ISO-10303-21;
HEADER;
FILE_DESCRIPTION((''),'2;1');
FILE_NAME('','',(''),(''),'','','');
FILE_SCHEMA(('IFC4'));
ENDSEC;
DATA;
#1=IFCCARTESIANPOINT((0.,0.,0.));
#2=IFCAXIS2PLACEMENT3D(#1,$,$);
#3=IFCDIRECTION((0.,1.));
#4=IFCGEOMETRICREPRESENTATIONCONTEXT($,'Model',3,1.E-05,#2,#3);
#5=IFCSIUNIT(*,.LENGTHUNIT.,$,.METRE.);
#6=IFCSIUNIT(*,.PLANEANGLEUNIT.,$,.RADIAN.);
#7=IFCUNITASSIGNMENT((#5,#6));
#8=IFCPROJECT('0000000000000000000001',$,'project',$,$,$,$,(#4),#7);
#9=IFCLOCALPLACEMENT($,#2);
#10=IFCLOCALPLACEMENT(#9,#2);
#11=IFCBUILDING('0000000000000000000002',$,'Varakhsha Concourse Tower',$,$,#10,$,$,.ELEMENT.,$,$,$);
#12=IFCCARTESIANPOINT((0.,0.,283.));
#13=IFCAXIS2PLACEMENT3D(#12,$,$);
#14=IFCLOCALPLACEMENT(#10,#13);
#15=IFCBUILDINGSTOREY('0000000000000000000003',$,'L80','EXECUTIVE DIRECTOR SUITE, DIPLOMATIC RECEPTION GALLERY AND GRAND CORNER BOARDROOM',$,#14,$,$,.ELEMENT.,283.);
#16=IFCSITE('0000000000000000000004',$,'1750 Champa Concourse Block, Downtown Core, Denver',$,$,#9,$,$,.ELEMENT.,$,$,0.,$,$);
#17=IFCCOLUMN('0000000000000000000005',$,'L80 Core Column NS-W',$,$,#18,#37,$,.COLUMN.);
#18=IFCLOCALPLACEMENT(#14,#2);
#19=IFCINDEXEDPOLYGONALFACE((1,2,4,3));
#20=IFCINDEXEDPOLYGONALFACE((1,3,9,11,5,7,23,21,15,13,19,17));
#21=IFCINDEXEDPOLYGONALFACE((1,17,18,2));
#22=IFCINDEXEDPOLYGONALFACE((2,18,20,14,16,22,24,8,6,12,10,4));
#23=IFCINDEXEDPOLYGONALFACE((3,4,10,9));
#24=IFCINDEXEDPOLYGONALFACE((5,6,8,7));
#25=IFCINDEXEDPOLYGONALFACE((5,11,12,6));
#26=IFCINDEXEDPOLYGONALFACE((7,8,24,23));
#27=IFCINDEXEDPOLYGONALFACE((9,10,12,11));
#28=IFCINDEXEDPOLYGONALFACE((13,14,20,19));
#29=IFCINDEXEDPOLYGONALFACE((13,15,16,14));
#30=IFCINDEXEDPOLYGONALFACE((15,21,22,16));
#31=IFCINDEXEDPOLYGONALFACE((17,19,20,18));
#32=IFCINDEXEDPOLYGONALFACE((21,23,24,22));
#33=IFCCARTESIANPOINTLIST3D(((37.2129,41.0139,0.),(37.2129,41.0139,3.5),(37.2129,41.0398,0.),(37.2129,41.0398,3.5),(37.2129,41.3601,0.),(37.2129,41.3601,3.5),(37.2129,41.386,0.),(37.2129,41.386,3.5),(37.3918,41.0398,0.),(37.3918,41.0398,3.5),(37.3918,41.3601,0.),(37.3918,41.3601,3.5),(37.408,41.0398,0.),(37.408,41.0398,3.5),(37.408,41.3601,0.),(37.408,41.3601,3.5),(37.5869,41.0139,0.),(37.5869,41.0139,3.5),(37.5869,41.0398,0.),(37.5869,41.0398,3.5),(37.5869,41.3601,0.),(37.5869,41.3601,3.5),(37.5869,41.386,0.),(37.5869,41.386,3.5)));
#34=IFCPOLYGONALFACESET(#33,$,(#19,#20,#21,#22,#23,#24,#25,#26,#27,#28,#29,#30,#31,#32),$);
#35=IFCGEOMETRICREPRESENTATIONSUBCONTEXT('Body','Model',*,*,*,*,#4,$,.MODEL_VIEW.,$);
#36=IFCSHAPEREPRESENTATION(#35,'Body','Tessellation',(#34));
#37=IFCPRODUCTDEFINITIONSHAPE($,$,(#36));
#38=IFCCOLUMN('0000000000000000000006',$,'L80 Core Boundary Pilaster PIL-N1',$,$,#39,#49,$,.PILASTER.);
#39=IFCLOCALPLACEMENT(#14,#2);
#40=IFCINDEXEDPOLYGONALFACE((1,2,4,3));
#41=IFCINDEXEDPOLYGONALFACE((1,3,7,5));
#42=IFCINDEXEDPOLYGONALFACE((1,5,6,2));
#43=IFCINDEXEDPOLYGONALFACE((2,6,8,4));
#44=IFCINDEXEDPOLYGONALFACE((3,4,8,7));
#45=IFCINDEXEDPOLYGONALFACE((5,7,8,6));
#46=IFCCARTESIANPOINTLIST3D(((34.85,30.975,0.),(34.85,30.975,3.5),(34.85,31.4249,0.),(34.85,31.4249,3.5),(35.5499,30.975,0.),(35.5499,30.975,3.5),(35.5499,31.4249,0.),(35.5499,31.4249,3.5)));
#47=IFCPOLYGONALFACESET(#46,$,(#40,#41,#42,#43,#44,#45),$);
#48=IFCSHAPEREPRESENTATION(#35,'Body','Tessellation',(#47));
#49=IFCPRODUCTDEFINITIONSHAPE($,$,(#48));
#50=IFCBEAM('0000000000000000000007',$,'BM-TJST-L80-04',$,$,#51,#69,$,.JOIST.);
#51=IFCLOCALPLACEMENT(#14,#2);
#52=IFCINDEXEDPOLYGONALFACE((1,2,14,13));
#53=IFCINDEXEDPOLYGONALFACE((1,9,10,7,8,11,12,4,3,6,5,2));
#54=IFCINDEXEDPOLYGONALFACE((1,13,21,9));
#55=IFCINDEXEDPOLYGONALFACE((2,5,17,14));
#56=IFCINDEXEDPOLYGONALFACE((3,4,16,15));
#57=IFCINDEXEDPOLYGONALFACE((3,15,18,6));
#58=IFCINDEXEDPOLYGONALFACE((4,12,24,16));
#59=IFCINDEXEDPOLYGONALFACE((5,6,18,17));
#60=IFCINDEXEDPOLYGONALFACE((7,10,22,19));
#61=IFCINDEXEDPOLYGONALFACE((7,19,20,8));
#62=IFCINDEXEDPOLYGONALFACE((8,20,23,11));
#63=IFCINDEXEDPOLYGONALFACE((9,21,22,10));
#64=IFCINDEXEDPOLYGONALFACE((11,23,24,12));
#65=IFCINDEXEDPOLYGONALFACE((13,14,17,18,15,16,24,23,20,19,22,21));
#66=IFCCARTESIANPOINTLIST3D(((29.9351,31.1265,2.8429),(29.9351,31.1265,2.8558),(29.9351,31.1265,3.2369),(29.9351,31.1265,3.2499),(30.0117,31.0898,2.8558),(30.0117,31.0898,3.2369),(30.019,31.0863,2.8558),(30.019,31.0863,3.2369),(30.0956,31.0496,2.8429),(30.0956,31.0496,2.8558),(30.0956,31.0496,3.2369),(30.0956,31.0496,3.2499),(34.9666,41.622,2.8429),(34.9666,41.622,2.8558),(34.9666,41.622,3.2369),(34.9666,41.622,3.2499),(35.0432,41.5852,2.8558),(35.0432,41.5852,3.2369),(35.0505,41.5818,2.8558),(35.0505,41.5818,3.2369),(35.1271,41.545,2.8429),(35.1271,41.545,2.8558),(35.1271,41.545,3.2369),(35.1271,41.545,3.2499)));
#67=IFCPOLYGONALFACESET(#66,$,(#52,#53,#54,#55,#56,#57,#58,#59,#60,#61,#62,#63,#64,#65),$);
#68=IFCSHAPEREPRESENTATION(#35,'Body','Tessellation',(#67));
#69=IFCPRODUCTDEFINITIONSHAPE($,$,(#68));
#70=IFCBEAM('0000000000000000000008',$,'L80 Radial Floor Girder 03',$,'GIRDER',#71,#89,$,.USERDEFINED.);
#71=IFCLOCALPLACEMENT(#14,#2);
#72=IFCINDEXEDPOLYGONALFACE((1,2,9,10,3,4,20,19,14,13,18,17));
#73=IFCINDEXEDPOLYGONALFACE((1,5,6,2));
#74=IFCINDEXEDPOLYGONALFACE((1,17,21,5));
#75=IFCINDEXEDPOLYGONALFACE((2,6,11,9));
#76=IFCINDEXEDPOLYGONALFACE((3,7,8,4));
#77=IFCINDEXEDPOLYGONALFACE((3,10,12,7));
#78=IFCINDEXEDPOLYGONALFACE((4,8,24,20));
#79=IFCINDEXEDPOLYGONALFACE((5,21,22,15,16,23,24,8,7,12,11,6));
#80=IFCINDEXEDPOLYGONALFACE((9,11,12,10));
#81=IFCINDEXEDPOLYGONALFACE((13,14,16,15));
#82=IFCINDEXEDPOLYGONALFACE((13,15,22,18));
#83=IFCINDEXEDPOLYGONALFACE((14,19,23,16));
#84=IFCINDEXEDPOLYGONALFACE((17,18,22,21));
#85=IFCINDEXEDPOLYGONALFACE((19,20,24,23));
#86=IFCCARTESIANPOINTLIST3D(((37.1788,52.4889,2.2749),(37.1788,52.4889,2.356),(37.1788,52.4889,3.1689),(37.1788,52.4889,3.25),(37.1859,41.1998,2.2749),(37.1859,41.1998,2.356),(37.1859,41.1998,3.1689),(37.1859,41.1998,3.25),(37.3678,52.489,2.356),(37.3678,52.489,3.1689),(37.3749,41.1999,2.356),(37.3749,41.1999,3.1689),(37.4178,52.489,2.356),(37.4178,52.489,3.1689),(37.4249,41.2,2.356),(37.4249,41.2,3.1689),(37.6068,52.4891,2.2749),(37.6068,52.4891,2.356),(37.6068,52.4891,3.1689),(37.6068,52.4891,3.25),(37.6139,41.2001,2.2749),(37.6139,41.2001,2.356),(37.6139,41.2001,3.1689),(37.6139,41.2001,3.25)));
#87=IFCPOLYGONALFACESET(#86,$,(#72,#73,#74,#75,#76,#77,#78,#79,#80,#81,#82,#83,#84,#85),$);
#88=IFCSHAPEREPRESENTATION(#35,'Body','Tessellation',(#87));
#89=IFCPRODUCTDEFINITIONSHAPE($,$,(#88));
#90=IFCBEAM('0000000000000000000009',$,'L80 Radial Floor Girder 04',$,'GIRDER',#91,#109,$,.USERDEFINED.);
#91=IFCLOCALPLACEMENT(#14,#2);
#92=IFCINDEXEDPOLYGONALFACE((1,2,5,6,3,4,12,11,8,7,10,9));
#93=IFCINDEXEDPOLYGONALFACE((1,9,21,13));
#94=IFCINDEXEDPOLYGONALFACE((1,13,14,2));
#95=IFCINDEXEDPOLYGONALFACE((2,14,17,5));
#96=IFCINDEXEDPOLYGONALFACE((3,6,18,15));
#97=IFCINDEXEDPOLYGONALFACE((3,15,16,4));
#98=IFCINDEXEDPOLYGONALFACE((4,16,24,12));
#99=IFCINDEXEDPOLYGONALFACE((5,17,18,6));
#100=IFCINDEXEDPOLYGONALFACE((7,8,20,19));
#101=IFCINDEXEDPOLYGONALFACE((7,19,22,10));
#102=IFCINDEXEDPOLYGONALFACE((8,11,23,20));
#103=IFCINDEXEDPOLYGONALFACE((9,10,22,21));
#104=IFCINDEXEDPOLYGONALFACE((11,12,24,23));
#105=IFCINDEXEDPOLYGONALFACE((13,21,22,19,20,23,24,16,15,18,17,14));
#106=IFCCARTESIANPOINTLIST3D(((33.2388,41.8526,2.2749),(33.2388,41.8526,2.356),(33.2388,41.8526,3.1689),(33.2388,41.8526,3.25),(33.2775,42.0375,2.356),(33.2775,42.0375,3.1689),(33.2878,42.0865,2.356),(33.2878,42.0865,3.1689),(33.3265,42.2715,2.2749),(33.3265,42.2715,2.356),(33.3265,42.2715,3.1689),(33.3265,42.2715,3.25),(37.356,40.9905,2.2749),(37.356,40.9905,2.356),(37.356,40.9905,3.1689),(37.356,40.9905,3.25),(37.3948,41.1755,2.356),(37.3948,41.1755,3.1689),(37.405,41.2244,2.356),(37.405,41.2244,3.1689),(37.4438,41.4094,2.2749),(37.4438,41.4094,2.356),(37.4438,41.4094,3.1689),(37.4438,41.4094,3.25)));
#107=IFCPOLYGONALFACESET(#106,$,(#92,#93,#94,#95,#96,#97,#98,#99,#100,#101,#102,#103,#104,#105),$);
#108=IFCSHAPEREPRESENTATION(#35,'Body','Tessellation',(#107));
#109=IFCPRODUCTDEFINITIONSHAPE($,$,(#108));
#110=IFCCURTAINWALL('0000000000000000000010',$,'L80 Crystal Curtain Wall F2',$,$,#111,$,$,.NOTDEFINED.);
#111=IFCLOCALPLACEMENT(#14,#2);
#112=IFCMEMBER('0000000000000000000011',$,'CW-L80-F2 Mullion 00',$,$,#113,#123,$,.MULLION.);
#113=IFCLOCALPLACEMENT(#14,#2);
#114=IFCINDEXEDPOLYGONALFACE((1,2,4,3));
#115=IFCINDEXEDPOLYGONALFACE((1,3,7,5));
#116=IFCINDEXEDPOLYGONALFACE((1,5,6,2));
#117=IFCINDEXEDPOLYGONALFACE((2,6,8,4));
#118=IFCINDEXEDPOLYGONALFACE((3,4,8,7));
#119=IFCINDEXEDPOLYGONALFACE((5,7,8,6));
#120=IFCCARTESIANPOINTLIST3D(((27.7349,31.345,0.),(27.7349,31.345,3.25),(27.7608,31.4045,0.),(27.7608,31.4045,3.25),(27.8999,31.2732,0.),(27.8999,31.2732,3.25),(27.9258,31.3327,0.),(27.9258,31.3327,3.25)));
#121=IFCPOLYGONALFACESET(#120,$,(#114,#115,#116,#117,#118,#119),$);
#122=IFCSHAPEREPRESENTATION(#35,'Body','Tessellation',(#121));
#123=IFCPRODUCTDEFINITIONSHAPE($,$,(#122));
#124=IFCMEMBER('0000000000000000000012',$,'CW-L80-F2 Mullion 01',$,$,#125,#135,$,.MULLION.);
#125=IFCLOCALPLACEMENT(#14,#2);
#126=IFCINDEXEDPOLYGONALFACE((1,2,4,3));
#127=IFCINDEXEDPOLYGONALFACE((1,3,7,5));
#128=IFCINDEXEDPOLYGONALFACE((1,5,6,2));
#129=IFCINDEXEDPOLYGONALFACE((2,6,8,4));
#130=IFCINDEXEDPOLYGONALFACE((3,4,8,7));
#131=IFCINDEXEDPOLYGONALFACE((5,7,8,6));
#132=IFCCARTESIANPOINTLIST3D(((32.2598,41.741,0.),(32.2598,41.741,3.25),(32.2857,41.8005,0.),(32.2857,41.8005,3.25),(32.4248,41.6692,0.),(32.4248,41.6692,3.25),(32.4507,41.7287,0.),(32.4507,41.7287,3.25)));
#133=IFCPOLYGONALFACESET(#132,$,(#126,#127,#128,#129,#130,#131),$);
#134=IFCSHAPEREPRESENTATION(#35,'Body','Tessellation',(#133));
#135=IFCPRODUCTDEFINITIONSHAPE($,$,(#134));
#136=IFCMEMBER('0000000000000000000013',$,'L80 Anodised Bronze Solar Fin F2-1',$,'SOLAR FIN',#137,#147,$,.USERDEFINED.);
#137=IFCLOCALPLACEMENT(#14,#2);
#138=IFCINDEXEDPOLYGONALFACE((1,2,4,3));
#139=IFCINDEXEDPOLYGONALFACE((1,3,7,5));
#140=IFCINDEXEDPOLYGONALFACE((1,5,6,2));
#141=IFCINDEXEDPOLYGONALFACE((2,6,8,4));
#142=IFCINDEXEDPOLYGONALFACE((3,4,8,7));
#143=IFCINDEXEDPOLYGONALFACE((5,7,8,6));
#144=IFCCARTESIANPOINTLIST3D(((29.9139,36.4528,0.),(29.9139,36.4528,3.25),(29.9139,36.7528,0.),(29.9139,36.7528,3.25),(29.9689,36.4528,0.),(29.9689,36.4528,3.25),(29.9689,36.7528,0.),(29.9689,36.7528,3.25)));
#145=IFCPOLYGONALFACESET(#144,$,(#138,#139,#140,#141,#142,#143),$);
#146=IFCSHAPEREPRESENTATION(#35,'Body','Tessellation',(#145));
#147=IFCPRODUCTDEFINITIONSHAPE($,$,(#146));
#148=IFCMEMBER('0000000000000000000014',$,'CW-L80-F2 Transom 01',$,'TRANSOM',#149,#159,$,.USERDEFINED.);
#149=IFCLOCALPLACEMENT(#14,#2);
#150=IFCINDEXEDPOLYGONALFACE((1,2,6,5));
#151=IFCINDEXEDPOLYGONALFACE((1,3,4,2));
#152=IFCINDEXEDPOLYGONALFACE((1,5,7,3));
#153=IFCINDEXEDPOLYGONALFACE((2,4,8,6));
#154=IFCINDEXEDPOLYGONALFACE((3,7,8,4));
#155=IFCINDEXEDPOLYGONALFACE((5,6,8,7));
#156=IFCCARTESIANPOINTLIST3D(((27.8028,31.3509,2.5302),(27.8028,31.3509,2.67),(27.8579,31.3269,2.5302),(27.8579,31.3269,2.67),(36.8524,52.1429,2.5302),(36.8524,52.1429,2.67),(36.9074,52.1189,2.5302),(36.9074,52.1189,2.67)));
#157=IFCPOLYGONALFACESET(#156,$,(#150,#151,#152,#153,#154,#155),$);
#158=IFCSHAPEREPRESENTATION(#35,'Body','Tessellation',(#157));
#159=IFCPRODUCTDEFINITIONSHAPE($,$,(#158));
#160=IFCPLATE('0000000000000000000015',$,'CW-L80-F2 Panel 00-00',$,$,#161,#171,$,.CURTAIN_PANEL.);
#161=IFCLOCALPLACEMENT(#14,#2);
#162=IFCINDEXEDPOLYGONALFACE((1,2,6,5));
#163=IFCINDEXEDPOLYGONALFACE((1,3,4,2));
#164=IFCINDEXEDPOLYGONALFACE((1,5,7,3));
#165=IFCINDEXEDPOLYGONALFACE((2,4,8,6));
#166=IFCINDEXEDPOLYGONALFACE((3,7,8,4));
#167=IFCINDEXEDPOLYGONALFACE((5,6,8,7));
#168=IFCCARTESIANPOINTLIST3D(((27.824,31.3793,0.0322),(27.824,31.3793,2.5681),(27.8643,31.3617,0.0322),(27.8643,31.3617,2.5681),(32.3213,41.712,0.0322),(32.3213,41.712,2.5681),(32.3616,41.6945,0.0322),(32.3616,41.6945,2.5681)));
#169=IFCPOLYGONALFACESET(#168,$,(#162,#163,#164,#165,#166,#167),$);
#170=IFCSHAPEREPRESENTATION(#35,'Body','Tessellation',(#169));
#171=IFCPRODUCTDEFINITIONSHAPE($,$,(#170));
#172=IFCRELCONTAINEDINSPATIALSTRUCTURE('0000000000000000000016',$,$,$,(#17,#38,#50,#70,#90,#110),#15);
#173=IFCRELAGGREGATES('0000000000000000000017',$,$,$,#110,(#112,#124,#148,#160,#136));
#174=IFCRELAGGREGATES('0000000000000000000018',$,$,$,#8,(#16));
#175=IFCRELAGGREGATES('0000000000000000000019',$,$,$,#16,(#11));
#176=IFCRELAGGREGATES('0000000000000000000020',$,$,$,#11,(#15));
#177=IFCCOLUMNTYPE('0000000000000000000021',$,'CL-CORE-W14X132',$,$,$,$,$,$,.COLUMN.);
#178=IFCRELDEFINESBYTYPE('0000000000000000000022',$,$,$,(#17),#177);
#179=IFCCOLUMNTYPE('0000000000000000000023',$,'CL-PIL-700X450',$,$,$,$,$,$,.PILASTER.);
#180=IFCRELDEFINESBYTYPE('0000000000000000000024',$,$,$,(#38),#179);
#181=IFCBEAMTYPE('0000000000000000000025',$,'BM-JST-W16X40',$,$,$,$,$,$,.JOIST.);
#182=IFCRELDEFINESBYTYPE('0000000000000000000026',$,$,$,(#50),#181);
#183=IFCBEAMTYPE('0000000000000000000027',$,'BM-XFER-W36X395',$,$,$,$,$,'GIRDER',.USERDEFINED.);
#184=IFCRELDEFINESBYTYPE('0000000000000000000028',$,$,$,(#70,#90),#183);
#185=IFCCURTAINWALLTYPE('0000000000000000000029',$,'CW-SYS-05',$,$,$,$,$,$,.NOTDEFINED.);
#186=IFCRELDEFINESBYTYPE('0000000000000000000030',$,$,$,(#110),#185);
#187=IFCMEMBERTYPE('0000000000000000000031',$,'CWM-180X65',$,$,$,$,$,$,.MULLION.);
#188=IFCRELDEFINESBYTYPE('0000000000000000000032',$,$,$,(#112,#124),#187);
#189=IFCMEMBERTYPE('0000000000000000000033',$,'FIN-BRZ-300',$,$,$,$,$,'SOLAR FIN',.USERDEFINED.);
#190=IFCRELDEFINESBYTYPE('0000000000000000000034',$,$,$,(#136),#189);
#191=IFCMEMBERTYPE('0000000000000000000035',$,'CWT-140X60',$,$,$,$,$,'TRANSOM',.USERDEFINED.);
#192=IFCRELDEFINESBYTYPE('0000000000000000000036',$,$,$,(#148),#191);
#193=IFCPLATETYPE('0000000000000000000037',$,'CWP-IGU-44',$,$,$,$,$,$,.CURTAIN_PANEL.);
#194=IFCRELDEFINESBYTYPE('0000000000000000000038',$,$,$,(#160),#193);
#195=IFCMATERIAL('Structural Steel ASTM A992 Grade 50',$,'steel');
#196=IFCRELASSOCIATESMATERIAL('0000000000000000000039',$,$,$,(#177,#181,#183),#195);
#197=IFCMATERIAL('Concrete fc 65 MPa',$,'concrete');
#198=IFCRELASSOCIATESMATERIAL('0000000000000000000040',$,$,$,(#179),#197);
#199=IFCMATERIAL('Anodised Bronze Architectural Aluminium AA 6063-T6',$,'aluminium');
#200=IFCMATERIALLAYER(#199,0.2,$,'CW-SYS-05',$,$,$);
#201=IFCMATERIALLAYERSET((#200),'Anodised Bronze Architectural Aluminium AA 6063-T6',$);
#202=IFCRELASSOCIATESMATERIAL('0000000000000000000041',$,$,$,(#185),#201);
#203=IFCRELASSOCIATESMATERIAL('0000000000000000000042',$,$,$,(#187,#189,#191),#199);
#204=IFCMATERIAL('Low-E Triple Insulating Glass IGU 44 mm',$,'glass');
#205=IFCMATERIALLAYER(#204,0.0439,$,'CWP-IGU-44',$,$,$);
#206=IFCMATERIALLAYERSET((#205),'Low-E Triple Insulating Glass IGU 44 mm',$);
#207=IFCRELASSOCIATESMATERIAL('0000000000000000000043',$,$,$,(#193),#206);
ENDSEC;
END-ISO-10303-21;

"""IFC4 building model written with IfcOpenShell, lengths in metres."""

from ifc_helpers import new_model, si_unit, direction, frame, origin, origin_2d, place, context, subcontext, project, spatial, rectangle, i_section, extrude, source, transform, mapped, material, layer, layer_set, material_profile, profile_set, type_object, type_shapes, element, aggregate, save


model = new_model("IFC4")

# Units and contexts
model_context = context("Model", 3, precision=1e-05, world=origin(), true_north=direction((0.0, 1.0)))
body_context = subcontext(model_context, "Body", "Model", "MODEL_VIEW")
ifc_project = project(units=[si_unit("LENGTHUNIT", "METRE"), si_unit("PLANEANGLEUNIT", "RADIAN")], contexts=[model_context])

# Site, building, storey
site_placement = place(None, origin())
site = spatial("IfcSite", under=ifc_project, at=site_placement, Name="1750 Champa Concourse Block, Downtown Core, Denver", CompositionType="ELEMENT", RefElevation=0.0)
building_placement = place(site_placement, origin())
building = spatial("IfcBuilding", under=site, at=building_placement, Name="Varakhsha Concourse Tower", CompositionType="ELEMENT")
storey_placement = place(building_placement, frame((0.0, 0.0, 283.0)))
storey = spatial("IfcBuildingStorey", under=building, at=storey_placement, Name="L80", Description="EXECUTIVE DIRECTOR SUITE, DIPLOMATIC RECEPTION GALLERY AND GRAND CORNER BOARDROOM", CompositionType="ELEMENT", Elevation=283.0)

# Columns
ifc_material_1 = material(Name="Structural Steel ASTM A992 Grade 50", Category="steel")
ifc_material_profile_1 = material_profile(ifc_material_1, i_section(OverallWidth=0.374, OverallDepth=0.3721, WebThickness=0.0161, FlangeThickness=0.0259, at=origin_2d()), Name="W14X132")
ifc_profile_set_1 = profile_set([ifc_material_profile_1], Name="Structural Steel ASTM A992 Grade 50")
column_type_1 = type_object("IfcColumnType", Name="CL-CORE-W14X132", PredefinedType="COLUMN", material=ifc_profile_set_1)
column_1_placement = place(storey_placement, frame((37.3999, 41.2, 0.0), z_axis=(0.0, 0.0, 1.0), x_axis=(1.0, 0.0, 0.0)))
element("IfcColumn", 1, at=column_1_placement, inside=storey, type_object=column_type_1, Name="L80 Core Column NS-W", PredefinedType="COLUMN", context=body_context, shape_type="SweptSolid", body=[
    extrude(i_section(OverallWidth=0.374, OverallDepth=0.3721, WebThickness=0.0161, FlangeThickness=0.0259, at=origin_2d()), origin(), (0.0, 0.0, 1.0), 3.5),
])
ifc_material_2 = material(Name="Concrete fc 65 MPa", Category="concrete")
ifc_material_profile_2 = material_profile(ifc_material_2, rectangle(XDim=0.7, YDim=0.45, at=origin_2d()), Name="RC 700x450")
ifc_profile_set_2 = profile_set([ifc_material_profile_2], Name="Concrete fc 65 MPa")
column_type_2 = type_object("IfcColumnType", Name="CL-PIL-700X450", PredefinedType="PILASTER", material=ifc_profile_set_2)
column_2_placement = place(storey_placement, frame((35.2, 31.2, 0.0), z_axis=(0.0, 0.0, 1.0), x_axis=(1.0, 0.0, 0.0)))
element("IfcColumn", 2, at=column_2_placement, inside=storey, type_object=column_type_2, Name="L80 Core Boundary Pilaster PIL-N1", PredefinedType="PILASTER", context=body_context, shape_type="SweptSolid", body=[
    extrude(rectangle(XDim=0.7, YDim=0.45, at=origin_2d()), origin(), (0.0, 0.0, 1.0), 3.5),
])

# Beams
ifc_material_profile_3 = material_profile(ifc_material_1, i_section(OverallWidth=0.178, OverallDepth=0.407, WebThickness=0.0081, FlangeThickness=0.0129, at=origin_2d()), Name="W16X40")
ifc_profile_set_3 = profile_set([ifc_material_profile_3], Name="Structural Steel ASTM A992 Grade 50")
beam_type_1 = type_object("IfcBeamType", Name="BM-JST-W16X40", PredefinedType="JOIST", material=ifc_profile_set_3)
beam_1_placement = place(storey_placement, frame((35.0469, 41.5835, 3.0464), z_axis=(-0.432293, -0.901733, 0.0), x_axis=(0.901733, -0.432293, 0.0)))
element("IfcBeam", 3, at=beam_1_placement, inside=storey, type_object=beam_type_1, Name="BM-TJST-L80-04", PredefinedType="JOIST", context=body_context, shape_type="SweptSolid", body=[
    extrude(i_section(OverallWidth=0.178, OverallDepth=0.407, WebThickness=0.0081, FlangeThickness=0.0129, at=origin_2d()), origin(), (0.0, 0.0, 1.0), 11.6392),
])
ifc_material_profile_4 = material_profile(ifc_material_1, i_section(OverallWidth=0.428, OverallDepth=0.9751, WebThickness=0.05, FlangeThickness=0.0811, at=origin_2d()), Name="W36X395")
ifc_profile_set_4 = profile_set([ifc_material_profile_4], Name="Structural Steel ASTM A992 Grade 50")
beam_type_2 = type_object("IfcBeamType", Name="BM-XFER-W36X395", ElementType="GIRDER", PredefinedType="USERDEFINED", material=ifc_profile_set_4)
beam_2_placement = place(storey_placement, frame((37.3999, 41.2, 2.7625), z_axis=(-0.000627, 1.0, 0.0), x_axis=(-1.0, -0.000627, 0.0)))
element("IfcBeam", 4, at=beam_2_placement, inside=storey, type_object=beam_type_2, Name="L80 Radial Floor Girder 03", ObjectType="GIRDER", PredefinedType="USERDEFINED", context=body_context, shape_type="SweptSolid", body=[
    extrude(i_section(OverallWidth=0.428, OverallDepth=0.9751, WebThickness=0.05, FlangeThickness=0.0811, at=origin_2d()), origin(), (0.0, 0.0, 1.0), 11.2891),
])
beam_3_placement = place(storey_placement, frame((37.3999, 41.2, 2.7625), z_axis=(-0.978775, 0.204937, 0.0), x_axis=(-0.204937, -0.978775, 0.0)))
element("IfcBeam", 5, at=beam_3_placement, inside=storey, type_object=beam_type_2, Name="L80 Radial Floor Girder 04", ObjectType="GIRDER", PredefinedType="USERDEFINED", context=body_context, shape_type="SweptSolid", body=[
    extrude(i_section(OverallWidth=0.428, OverallDepth=0.9751, WebThickness=0.05, FlangeThickness=0.0811, at=origin_2d()), origin(), (0.0, 0.0, 1.0), 4.2065),
])

# Curtain wall, members, plate
ifc_material_3 = material(Name="Anodised Bronze Architectural Aluminium AA 6063-T6", Category="aluminium")
ifc_layer_1 = layer(ifc_material_3, 0.2, Name="CW-SYS-05")
ifc_layer_set_1 = layer_set([ifc_layer_1], Name="Anodised Bronze Architectural Aluminium AA 6063-T6")
curtain_wall_type = type_object("IfcCurtainWallType", Name="CW-SYS-05", PredefinedType="NOTDEFINED", material=ifc_layer_set_1)
curtain_wall_placement = place(storey_placement, origin())
curtain_wall = element("IfcCurtainWall", 6, at=curtain_wall_placement, inside=storey, type_object=curtain_wall_type, Name="L80 Crystal Curtain Wall F2", PredefinedType="NOTDEFINED")
ifc_material_profile_5 = material_profile(ifc_material_3, rectangle(XDim=0.0649, YDim=0.1799, at=origin_2d()), Name="CWM-180X65")
ifc_profile_set_5 = profile_set([ifc_material_profile_5], Name="Anodised Bronze Architectural Aluminium AA 6063-T6")
member_type_1 = type_object("IfcMemberType", Name="CWM-180X65", PredefinedType="MULLION", material=ifc_profile_set_5)
shared_shape_1 = source(origin(), body_context, "Body", "SweptSolid", [
    extrude(rectangle(XDim=0.0649, YDim=0.1799, at=origin_2d()), origin(), (0.0, 0.0, 1.0), 3.25),
])
type_shapes(member_type_1, [shared_shape_1])
member_1_placement = place(storey_placement, frame((27.8303, 31.3389, 0.0), z_axis=(0.0, 0.0, 1.0), x_axis=(0.399084, 0.916915, 0.0)))
member_1 = element("IfcMember", 7, at=member_1_placement, type_object=member_type_1, Name="CW-L80-F2 Mullion 00", PredefinedType="MULLION", context=body_context, shape_type="MappedRepresentation", body=[
    mapped(shared_shape_1, transform((0.0, 0.0, 0.0), scale=1.0)),
])
member_2_placement = place(storey_placement, frame((32.3552, 41.7349, 0.0), z_axis=(0.0, 0.0, 1.0), x_axis=(0.399084, 0.916915, 0.0)))
member_2 = element("IfcMember", 8, at=member_2_placement, type_object=member_type_1, Name="CW-L80-F2 Mullion 01", PredefinedType="MULLION", context=body_context, shape_type="MappedRepresentation", body=[
    mapped(shared_shape_1, transform((0.0, 0.0, 0.0), scale=1.0)),
])
ifc_material_profile_6 = material_profile(ifc_material_3, rectangle(XDim=0.0549, YDim=0.3, at=origin_2d()), Name="FIN-BRZ-300")
ifc_profile_set_6 = profile_set([ifc_material_profile_6], Name="Anodised Bronze Architectural Aluminium AA 6063-T6")
member_type_2 = type_object("IfcMemberType", Name="FIN-BRZ-300", ElementType="SOLAR FIN", PredefinedType="USERDEFINED", material=ifc_profile_set_6)
shared_shape_2 = source(origin(), body_context, "Body", "SweptSolid", [
    extrude(rectangle(XDim=0.0549, YDim=0.3, at=origin_2d()), origin(), (0.0, 0.0, 1.0), 3.25),
])
type_shapes(member_type_2, [shared_shape_2])
member_3_placement = place(storey_placement, frame((29.9414, 36.6028, 0.0), z_axis=(0.0, 0.0, 1.0), x_axis=(1.0, 0.0, 0.0)))
member_3 = element("IfcMember", 9, at=member_3_placement, type_object=member_type_2, Name="L80 Anodised Bronze Solar Fin F2-1", ObjectType="SOLAR FIN", PredefinedType="USERDEFINED", context=body_context, shape_type="MappedRepresentation", body=[
    mapped(shared_shape_2, transform((0.0, 0.0, 0.0), scale=1.0)),
])
ifc_material_profile_7 = material_profile(ifc_material_3, rectangle(XDim=0.0601, YDim=0.1399, at=origin_2d()), Name="CWT-140X60")
ifc_profile_set_7 = profile_set([ifc_material_profile_7], Name="Anodised Bronze Architectural Aluminium AA 6063-T6")
member_type_3 = type_object("IfcMemberType", Name="CWT-140X60", ElementType="TRANSOM", PredefinedType="USERDEFINED", material=ifc_profile_set_7)
shared_shape_3 = source(origin(), body_context, "Body", "SweptSolid", [
    extrude(rectangle(XDim=0.0601, YDim=0.1399, at=origin_2d()), origin(), (0.0, 0.0, 1.0), 22.676),
])
type_shapes(member_type_3, [shared_shape_3])
member_4_placement = place(storey_placement, frame((27.8303, 31.3389, 2.6001), z_axis=(0.399081, 0.916916, 0.0), x_axis=(-0.916916, 0.399081, 0.0)))
member_4 = element("IfcMember", 10, at=member_4_placement, type_object=member_type_3, Name="CW-L80-F2 Transom 01", ObjectType="TRANSOM", PredefinedType="USERDEFINED", context=body_context, shape_type="MappedRepresentation", body=[
    mapped(shared_shape_3, transform((0.0, 0.0, 0.0), scale=1.0)),
])
ifc_material_4 = material(Name="Low-E Triple Insulating Glass IGU 44 mm", Category="glass")
ifc_layer_2 = layer(ifc_material_4, 0.0439, Name="CWP-IGU-44")
ifc_layer_set_2 = layer_set([ifc_layer_2], Name="Low-E Triple Insulating Glass IGU 44 mm")
plate_type_1 = type_object("IfcPlateType", Name="CWP-IGU-44", PredefinedType="CURTAIN_PANEL", material=ifc_layer_set_2)
shared_shape_4 = source(origin(), body_context, "Body", "SweptSolid", [
    extrude(rectangle(XDim=11.269, YDim=0.0439, at=origin_2d()), origin(), (0.0, 0.0, 1.0), 2.5359),
])
type_shapes(plate_type_1, [shared_shape_4])
plate_1_placement = place(storey_placement, frame((30.0928, 36.5369, 0.0322), z_axis=(0.0, 0.0, 1.0), x_axis=(0.399084, 0.916915, 0.0)))
plate_1 = element("IfcPlate", 11, at=plate_1_placement, type_object=plate_type_1, Name="CW-L80-F2 Panel 00-00", PredefinedType="CURTAIN_PANEL", context=body_context, shape_type="MappedRepresentation", body=[
    mapped(shared_shape_4, transform((0.0, 0.0, 0.0), scale=1.0)),
])
aggregate(curtain_wall, [member_1, member_2, member_4, plate_1, member_3])

save(model, "model.ifc")
